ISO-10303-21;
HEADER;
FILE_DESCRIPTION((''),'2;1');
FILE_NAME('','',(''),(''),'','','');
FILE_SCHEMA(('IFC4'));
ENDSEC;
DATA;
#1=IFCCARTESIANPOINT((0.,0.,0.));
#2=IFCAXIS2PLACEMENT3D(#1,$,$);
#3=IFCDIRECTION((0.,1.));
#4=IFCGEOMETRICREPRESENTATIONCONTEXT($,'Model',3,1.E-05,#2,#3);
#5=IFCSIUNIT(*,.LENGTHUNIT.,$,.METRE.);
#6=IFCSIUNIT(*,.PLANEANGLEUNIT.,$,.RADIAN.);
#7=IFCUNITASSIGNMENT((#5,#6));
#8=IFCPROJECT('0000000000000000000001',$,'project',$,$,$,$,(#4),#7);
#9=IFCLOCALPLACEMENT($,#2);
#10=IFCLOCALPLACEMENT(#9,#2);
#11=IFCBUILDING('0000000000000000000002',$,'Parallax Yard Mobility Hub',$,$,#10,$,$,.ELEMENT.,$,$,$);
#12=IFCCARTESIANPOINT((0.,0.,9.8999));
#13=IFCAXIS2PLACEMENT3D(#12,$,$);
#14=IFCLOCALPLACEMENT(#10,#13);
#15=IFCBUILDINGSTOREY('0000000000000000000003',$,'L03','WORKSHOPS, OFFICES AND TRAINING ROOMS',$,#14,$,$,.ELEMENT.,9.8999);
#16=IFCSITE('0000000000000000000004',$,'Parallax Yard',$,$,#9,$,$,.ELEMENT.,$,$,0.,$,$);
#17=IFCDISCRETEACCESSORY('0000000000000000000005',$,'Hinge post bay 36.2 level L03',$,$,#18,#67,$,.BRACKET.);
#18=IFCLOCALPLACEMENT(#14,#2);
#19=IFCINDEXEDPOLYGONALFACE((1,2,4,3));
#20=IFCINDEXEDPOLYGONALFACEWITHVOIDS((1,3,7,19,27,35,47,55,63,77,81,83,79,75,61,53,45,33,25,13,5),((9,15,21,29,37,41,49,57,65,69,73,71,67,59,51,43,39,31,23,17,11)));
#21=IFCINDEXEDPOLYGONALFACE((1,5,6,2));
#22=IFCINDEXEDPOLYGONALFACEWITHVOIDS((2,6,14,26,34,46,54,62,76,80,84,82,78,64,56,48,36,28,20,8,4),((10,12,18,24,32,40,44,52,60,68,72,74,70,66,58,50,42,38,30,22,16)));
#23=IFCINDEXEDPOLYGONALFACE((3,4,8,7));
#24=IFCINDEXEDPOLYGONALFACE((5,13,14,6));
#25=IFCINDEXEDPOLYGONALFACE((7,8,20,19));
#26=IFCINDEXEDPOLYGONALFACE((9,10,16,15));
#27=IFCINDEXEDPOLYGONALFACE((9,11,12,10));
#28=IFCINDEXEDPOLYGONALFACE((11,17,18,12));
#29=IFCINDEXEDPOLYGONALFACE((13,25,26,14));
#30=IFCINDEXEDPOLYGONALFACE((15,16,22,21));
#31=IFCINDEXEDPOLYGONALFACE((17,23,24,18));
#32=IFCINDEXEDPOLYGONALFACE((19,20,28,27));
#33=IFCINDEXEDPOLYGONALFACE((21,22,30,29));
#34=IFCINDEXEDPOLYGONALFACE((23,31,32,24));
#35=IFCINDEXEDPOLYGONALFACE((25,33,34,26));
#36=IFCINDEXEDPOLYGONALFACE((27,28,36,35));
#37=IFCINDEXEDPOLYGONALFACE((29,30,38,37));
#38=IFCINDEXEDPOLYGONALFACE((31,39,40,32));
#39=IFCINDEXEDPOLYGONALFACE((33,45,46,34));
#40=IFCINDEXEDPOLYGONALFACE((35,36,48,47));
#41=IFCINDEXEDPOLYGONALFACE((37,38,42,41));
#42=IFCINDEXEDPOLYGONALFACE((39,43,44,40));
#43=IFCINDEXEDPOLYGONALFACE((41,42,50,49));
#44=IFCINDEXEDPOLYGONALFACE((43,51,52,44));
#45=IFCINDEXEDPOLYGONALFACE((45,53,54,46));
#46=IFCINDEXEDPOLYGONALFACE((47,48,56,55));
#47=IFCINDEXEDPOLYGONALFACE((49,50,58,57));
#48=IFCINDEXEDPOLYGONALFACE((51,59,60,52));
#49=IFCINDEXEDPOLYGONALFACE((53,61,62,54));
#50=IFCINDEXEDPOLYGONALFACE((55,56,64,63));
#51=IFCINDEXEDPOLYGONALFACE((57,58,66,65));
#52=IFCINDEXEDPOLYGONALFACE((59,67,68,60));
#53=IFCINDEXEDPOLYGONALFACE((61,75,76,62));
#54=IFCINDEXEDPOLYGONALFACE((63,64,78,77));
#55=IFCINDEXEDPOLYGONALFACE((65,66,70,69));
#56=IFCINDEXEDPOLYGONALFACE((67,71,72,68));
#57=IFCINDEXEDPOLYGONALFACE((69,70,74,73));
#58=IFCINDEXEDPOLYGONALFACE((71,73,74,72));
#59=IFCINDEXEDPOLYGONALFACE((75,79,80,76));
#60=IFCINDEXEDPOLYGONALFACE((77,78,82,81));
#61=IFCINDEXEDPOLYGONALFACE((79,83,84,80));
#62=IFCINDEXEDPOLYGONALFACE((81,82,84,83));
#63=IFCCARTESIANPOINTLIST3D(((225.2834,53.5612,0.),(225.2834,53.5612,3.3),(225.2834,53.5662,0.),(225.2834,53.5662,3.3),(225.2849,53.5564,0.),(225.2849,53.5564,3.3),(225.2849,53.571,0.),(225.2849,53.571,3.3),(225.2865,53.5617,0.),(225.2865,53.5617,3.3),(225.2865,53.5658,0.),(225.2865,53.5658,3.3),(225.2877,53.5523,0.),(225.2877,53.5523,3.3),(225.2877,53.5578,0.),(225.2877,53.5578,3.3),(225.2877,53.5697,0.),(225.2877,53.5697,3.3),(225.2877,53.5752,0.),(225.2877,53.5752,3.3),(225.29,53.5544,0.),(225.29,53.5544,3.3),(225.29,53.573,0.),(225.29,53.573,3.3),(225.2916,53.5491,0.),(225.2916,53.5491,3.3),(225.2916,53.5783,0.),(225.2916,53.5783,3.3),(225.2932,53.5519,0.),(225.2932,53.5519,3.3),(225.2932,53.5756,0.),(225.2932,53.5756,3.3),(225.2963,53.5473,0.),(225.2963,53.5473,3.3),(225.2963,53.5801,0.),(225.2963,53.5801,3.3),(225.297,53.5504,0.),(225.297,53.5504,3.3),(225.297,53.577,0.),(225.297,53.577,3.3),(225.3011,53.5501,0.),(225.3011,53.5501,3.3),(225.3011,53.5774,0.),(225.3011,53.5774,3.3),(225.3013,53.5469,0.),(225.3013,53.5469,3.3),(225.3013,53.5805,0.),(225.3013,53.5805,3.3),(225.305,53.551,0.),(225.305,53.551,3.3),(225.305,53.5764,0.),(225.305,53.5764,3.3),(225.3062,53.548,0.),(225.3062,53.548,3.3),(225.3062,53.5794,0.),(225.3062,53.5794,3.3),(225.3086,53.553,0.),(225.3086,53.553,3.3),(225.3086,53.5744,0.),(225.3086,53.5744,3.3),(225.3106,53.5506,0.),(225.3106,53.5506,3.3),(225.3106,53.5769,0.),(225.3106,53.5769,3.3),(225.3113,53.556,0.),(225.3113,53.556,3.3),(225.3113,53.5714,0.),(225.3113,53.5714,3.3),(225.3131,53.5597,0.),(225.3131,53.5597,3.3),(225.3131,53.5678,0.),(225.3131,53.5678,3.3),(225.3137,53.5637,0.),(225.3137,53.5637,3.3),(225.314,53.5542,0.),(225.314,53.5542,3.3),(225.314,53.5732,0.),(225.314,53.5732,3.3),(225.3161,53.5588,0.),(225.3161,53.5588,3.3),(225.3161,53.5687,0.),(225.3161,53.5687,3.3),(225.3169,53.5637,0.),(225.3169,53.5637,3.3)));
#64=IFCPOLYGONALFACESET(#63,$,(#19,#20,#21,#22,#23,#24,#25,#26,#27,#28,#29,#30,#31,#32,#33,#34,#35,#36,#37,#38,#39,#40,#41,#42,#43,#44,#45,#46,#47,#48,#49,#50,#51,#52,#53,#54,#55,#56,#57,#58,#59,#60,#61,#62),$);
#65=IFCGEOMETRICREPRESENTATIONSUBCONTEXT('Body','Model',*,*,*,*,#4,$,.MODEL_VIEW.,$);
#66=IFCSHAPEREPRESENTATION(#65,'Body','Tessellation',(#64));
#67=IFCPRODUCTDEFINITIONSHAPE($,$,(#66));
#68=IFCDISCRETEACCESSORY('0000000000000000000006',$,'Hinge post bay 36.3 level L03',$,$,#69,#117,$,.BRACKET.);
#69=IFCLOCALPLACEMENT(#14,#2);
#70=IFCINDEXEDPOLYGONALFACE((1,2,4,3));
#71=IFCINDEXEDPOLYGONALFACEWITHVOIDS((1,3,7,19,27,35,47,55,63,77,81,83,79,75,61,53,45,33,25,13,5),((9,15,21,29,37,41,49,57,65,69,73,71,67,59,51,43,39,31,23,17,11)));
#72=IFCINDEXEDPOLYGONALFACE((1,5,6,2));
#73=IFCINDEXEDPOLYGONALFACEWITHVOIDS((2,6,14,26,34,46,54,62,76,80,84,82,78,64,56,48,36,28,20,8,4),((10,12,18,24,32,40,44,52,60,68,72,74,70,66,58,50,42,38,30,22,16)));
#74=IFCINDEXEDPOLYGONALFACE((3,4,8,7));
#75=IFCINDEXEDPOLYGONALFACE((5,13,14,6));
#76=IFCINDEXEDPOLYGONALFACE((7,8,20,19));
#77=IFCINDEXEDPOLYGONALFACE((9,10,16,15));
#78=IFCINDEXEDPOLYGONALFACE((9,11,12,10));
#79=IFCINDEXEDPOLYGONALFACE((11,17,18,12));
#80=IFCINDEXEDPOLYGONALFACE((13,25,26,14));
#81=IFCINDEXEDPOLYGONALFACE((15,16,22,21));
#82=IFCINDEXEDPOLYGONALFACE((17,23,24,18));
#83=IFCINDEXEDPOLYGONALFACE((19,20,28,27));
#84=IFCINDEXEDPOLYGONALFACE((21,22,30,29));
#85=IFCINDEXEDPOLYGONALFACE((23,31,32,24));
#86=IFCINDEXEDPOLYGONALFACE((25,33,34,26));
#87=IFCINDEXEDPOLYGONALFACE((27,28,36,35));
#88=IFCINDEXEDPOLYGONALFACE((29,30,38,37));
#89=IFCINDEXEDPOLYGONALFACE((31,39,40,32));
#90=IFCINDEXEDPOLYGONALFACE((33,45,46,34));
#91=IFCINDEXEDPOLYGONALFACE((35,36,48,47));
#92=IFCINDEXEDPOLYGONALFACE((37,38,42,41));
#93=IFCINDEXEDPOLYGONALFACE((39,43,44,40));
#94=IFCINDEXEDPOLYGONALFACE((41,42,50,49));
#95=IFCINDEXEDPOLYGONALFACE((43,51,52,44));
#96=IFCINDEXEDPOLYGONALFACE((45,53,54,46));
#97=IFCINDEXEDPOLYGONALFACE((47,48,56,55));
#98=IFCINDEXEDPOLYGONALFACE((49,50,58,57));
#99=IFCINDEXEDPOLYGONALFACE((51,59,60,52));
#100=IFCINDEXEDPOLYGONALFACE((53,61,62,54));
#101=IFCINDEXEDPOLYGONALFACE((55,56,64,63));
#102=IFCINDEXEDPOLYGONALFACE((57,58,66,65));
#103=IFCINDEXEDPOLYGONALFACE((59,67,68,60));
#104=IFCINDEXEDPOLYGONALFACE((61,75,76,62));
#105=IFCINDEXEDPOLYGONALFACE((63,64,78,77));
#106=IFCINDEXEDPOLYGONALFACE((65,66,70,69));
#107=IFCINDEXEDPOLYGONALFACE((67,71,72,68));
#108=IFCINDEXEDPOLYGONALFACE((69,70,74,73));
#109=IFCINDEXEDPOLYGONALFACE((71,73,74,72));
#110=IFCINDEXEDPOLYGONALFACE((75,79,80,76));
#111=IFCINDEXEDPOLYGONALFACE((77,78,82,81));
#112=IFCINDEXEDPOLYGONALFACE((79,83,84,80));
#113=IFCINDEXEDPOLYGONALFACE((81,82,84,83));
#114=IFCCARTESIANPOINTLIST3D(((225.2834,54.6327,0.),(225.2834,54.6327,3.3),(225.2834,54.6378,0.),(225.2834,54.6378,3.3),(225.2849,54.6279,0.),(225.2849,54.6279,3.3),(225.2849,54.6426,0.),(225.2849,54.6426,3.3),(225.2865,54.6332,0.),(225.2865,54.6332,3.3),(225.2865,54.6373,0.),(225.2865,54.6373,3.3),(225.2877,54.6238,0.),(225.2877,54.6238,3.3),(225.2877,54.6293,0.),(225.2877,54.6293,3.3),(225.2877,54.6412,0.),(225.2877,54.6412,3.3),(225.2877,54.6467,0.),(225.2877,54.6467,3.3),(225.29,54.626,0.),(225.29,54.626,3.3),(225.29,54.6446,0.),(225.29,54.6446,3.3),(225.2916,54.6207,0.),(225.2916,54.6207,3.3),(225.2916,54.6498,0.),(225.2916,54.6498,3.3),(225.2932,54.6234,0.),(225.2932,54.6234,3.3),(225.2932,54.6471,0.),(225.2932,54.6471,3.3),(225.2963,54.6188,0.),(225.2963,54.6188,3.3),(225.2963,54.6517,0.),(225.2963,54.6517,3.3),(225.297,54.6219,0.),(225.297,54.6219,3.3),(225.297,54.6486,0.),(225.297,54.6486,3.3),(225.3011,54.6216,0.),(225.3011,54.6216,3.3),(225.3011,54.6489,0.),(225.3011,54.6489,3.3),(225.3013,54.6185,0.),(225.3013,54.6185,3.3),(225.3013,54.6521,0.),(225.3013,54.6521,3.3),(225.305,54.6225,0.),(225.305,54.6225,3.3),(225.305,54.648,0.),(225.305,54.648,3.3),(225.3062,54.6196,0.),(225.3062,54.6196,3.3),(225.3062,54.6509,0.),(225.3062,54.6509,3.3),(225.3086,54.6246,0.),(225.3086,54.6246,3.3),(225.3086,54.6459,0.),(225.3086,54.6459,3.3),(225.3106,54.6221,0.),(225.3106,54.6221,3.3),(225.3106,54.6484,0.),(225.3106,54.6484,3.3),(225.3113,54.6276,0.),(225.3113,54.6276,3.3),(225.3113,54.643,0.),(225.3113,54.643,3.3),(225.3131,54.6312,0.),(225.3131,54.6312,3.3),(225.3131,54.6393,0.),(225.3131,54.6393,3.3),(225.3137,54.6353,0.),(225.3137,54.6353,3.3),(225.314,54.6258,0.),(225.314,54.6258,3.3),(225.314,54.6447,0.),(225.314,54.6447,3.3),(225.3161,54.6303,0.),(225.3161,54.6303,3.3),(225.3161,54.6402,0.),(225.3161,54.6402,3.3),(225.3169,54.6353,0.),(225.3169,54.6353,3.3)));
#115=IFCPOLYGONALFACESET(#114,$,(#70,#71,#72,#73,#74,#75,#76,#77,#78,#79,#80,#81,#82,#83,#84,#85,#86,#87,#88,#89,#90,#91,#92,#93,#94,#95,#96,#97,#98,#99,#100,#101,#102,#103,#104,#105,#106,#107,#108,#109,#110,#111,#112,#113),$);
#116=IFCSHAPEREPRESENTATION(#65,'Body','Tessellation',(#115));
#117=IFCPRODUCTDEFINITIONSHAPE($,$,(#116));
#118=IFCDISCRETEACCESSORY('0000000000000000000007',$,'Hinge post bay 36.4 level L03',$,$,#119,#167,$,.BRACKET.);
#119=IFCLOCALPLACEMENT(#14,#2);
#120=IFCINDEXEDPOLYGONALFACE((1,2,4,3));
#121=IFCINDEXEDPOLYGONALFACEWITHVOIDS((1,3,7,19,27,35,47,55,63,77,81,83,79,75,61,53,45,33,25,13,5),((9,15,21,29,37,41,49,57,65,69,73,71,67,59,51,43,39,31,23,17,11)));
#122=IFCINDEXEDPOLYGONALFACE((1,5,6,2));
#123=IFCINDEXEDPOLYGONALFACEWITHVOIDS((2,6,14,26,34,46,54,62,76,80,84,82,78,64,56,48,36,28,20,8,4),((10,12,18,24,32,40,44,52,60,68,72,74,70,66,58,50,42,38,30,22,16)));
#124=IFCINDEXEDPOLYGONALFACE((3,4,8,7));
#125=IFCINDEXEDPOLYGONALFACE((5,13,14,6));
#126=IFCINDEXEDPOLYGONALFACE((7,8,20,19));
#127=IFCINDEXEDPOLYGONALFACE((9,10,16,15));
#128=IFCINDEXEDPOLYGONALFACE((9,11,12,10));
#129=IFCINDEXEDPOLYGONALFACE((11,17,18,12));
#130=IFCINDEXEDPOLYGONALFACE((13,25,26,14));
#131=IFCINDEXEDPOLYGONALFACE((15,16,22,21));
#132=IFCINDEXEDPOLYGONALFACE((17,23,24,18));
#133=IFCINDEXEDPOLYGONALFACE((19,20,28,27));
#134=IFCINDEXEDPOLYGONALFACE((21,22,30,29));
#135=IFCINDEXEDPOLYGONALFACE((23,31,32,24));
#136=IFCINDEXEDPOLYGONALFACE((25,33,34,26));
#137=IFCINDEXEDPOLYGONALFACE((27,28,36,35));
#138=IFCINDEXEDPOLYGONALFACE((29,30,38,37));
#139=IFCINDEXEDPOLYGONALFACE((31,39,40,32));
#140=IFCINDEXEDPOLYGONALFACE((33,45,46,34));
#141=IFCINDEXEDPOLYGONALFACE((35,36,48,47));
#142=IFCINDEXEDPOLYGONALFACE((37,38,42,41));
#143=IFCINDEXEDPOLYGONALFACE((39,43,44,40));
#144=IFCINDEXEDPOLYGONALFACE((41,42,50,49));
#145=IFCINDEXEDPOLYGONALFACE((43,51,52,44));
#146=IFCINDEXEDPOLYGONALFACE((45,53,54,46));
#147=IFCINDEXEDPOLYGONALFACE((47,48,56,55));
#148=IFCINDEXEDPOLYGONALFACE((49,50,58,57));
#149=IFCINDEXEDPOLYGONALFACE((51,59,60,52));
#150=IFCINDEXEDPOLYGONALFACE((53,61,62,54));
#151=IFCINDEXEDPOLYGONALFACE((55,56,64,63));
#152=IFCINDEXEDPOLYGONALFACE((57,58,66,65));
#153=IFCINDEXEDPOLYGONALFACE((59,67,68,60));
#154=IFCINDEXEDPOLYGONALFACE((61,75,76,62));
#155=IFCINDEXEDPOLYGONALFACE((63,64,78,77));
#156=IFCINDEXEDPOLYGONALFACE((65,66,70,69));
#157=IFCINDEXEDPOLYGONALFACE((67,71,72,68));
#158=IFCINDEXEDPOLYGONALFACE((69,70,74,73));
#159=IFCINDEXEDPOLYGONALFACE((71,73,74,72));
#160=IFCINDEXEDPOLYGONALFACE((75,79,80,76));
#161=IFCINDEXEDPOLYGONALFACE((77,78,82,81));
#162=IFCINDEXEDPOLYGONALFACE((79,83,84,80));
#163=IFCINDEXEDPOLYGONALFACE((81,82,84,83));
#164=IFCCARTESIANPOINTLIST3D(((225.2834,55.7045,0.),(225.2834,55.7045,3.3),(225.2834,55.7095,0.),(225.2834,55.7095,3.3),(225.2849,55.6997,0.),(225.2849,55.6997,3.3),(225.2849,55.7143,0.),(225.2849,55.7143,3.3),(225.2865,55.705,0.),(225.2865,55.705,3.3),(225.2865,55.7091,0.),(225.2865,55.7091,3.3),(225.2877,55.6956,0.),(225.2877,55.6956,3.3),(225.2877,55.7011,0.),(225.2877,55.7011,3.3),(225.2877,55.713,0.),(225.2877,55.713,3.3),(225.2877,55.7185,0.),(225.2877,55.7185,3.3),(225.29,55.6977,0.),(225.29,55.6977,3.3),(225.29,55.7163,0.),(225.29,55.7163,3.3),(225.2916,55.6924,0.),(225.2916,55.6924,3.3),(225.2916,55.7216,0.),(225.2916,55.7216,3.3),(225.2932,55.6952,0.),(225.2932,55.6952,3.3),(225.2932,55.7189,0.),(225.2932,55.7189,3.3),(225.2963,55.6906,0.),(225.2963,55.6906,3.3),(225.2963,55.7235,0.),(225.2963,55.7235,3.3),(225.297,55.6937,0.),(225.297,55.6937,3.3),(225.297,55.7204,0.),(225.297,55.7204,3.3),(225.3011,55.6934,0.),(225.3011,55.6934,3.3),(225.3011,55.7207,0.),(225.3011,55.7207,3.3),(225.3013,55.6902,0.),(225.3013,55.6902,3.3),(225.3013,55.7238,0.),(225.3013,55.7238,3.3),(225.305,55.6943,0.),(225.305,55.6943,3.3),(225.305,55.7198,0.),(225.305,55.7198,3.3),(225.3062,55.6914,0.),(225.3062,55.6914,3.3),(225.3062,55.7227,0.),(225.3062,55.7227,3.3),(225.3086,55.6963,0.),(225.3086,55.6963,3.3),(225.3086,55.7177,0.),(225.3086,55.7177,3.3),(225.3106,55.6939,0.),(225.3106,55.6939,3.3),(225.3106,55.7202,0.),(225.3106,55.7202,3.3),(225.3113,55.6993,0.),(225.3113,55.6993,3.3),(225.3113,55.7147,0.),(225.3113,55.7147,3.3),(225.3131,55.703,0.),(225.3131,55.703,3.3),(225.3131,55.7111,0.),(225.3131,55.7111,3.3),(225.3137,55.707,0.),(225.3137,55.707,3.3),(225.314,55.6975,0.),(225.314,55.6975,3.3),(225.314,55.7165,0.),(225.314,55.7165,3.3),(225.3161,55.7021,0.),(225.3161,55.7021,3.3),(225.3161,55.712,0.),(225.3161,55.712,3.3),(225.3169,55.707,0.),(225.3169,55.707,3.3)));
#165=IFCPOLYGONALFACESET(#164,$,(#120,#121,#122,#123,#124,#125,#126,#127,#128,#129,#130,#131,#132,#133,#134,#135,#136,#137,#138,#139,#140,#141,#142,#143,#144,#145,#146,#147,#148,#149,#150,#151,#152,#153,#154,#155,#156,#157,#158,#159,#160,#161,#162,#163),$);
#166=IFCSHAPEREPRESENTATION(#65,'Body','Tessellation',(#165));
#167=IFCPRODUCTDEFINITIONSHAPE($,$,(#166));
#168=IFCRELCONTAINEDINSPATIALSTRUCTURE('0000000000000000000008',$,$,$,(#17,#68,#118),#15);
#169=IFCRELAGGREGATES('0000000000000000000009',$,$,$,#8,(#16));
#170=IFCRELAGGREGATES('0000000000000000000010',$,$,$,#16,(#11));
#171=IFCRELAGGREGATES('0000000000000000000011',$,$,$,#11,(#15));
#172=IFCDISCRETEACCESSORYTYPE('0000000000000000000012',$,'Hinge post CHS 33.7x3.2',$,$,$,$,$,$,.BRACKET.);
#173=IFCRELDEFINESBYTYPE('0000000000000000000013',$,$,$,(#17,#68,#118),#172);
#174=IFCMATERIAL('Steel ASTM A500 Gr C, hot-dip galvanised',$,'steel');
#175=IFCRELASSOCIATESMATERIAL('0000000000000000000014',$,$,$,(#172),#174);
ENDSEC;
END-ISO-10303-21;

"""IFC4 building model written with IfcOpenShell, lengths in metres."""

from ifc_helpers import new_model, si_unit, direction, frame, origin, origin_2d, place, context, subcontext, project, spatial, hollow_circle, extrude, material, material_profile, profile_set, type_object, element, save


model = new_model("IFC4")

# Units and contexts
model_context = context("Model", 3, precision=1e-05, world=origin(), true_north=direction((0.0, 1.0)))
body_context = subcontext(model_context, "Body", "Model", "MODEL_VIEW")
ifc_project = project(units=[si_unit("LENGTHUNIT", "METRE"), si_unit("PLANEANGLEUNIT", "RADIAN")], contexts=[model_context])

# Site, building, storey
site_placement = place(None, origin())
site = spatial("IfcSite", under=ifc_project, at=site_placement, Name="Parallax Yard", CompositionType="ELEMENT", RefElevation=0.0)
building_placement = place(site_placement, origin())
building = spatial("IfcBuilding", under=site, at=building_placement, Name="Parallax Yard Mobility Hub", CompositionType="ELEMENT")
storey_placement = place(building_placement, frame((0.0, 0.0, 9.8999)))
storey = spatial("IfcBuildingStorey", under=building, at=storey_placement, Name="L03", Description="WORKSHOPS, OFFICES AND TRAINING ROOMS", CompositionType="ELEMENT", Elevation=9.8999)

# Discrete accessories
ifc_material_1 = material(Name="Steel ASTM A500 Gr C, hot-dip galvanised", Category="steel")
ifc_material_profile_1 = material_profile(ifc_material_1, hollow_circle(Radius=0.0168, WallThickness=0.0032, at=origin_2d()), Name="CHS 33.7x3.2")
ifc_profile_set_1 = profile_set([ifc_material_profile_1], Name="Steel ASTM A500 Gr C, hot-dip galvanised")
discrete_accessory_type_1 = type_object("IfcDiscreteAccessoryType", Name="Hinge post CHS 33.7x3.2", PredefinedType="BRACKET", material=ifc_profile_set_1)
for number, where, z_axis, x_axis, name in (
    (1, (225.3, 53.5637, 0.0), (0.0, 0.0, 1.0), (1.0, 0.0, 0.0), "Hinge post bay 36.2 level L03"),
    (2, (225.3, 54.6353, 0.0), (0.0, 0.0, 1.0), (1.0, 0.0, 0.0), "Hinge post bay 36.3 level L03"),
    (3, (225.3, 55.707, 0.0), (0.0, 0.0, 1.0), (1.0, 0.0, 0.0), "Hinge post bay 36.4 level L03"),
):
    element("IfcDiscreteAccessory", number, at=place(storey_placement, frame(where, z_axis=z_axis, x_axis=x_axis)), inside=storey, type_object=discrete_accessory_type_1, Name=name, PredefinedType="BRACKET", context=body_context, shape_type="SweptSolid", body=[
        extrude(hollow_circle(Radius=0.0168, WallThickness=0.0032, at=origin_2d()), origin(), (0.0, 0.0, 1.0), 3.3),
    ])

save(model, "model.ifc")
